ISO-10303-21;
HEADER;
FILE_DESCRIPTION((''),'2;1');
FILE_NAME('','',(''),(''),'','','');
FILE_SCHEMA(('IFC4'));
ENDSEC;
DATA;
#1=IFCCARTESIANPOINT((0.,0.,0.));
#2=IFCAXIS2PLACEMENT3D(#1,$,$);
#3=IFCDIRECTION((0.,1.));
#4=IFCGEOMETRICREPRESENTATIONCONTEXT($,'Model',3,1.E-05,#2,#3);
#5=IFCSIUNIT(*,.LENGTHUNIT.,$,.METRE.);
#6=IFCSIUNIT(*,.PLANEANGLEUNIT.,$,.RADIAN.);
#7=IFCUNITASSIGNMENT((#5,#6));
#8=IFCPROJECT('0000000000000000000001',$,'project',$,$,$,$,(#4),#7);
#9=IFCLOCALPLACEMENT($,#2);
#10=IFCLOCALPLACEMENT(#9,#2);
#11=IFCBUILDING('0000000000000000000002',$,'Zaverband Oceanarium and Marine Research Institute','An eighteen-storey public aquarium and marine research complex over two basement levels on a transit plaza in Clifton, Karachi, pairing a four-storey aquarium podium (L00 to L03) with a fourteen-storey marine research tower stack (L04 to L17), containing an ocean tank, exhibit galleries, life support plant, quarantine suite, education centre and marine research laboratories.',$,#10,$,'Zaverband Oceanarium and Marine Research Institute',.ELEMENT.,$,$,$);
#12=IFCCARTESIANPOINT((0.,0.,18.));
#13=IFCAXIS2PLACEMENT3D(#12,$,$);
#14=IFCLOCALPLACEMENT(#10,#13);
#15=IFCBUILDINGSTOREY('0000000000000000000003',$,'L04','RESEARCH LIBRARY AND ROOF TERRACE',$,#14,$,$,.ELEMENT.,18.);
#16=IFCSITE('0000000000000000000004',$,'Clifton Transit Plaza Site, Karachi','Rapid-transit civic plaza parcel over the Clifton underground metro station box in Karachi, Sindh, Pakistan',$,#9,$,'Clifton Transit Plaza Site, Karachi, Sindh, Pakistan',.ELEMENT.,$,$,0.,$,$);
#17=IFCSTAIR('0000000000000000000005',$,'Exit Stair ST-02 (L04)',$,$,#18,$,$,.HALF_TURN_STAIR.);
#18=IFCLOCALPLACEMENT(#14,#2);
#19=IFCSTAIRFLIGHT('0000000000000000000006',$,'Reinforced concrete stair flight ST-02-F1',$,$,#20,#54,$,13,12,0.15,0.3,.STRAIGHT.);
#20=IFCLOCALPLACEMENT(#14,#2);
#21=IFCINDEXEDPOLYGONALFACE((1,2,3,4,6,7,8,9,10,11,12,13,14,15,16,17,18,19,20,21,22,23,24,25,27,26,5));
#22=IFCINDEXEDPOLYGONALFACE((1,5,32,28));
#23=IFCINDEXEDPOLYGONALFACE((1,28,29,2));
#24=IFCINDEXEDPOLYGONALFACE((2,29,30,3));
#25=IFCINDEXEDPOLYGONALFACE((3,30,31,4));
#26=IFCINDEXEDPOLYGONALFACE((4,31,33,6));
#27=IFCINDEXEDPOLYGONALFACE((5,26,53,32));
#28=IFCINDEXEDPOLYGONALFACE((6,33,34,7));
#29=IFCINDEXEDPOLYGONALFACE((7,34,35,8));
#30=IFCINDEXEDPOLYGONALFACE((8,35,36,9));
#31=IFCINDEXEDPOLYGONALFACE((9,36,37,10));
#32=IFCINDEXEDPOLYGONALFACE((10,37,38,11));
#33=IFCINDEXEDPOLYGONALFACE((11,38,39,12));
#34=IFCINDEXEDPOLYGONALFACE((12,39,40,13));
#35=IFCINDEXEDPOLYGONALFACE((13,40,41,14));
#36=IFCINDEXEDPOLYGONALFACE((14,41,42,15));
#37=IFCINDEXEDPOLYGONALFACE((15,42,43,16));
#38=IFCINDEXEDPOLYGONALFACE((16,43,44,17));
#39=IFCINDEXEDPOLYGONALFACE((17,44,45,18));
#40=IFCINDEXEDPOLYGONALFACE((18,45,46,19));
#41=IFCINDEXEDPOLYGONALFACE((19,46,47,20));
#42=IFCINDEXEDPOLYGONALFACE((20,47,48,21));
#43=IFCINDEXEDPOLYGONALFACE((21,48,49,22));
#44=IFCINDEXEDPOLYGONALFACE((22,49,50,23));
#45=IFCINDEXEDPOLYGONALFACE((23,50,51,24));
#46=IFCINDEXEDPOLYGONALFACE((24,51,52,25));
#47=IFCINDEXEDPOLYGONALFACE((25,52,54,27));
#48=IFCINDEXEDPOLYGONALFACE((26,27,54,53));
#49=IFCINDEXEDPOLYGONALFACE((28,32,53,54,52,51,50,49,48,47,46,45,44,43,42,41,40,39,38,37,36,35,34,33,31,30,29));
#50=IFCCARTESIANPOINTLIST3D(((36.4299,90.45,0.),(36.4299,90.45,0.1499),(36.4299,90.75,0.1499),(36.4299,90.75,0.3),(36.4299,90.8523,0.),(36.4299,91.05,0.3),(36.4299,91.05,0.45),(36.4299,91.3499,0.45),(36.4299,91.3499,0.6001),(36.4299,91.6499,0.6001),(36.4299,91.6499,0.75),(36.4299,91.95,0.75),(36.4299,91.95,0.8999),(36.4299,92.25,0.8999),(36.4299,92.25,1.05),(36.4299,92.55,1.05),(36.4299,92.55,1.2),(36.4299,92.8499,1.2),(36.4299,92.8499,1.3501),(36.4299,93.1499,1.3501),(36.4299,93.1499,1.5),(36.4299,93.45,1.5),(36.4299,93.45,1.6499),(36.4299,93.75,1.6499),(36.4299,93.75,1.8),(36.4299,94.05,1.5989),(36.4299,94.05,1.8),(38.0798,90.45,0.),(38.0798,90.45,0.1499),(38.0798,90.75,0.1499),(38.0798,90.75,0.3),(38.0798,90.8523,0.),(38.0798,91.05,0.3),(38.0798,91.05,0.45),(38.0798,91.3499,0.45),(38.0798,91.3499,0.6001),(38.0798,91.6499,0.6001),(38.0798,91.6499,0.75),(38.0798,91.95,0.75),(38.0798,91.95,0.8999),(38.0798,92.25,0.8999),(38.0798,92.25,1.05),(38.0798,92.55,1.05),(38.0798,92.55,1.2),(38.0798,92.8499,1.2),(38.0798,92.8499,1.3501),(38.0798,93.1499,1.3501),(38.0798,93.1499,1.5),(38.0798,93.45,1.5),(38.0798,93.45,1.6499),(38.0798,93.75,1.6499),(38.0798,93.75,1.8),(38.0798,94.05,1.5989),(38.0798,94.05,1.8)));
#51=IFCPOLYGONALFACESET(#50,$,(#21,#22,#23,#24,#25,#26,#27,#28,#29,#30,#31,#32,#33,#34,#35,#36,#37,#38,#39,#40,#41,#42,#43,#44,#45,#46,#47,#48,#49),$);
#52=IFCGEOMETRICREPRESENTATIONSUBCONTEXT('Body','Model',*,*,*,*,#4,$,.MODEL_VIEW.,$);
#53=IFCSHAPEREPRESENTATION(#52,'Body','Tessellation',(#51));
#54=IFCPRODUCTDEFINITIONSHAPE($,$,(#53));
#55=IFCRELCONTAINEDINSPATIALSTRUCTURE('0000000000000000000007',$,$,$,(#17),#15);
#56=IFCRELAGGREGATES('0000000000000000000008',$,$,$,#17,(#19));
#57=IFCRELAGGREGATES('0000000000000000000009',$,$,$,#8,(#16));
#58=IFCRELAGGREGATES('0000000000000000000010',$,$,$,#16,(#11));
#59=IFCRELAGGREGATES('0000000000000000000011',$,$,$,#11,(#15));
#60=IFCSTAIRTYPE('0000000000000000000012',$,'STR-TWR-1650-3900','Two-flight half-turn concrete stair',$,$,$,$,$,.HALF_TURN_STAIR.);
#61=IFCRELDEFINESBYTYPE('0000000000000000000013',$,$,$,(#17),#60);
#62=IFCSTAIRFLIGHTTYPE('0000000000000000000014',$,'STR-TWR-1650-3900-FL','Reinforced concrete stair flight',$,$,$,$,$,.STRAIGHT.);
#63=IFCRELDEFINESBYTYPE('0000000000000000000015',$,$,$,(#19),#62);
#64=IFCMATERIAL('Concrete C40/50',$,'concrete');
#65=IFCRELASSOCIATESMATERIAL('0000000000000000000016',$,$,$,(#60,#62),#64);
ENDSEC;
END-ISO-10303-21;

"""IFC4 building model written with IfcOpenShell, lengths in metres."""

from ifc_helpers import new_model, si_unit, direction, frame, origin, place, context, subcontext, project, spatial, polyline, outline, extrude, material, type_object, element, aggregate, save


model = new_model("IFC4")

# Units and contexts
model_context = context("Model", 3, precision=1e-05, world=origin(), true_north=direction((0.0, 1.0)))
body_context = subcontext(model_context, "Body", "Model", "MODEL_VIEW")
ifc_project = project(units=[si_unit("LENGTHUNIT", "METRE"), si_unit("PLANEANGLEUNIT", "RADIAN")], contexts=[model_context])

# Site, building, storey
site_placement = place(None, origin())
site = spatial("IfcSite", under=ifc_project, at=site_placement, Name="Clifton Transit Plaza Site, Karachi", Description="Rapid-transit civic plaza parcel over the Clifton underground metro station box in Karachi, Sindh, Pakistan", LongName="Clifton Transit Plaza Site, Karachi, Sindh, Pakistan", CompositionType="ELEMENT", RefElevation=0.0)
building_placement = place(site_placement, origin())
building = spatial("IfcBuilding", under=site, at=building_placement, Name="Zaverband Oceanarium and Marine Research Institute", Description="An eighteen-storey public aquarium and marine research complex over two basement levels on a transit plaza in Clifton, Karachi, pairing a four-storey aquarium podium (L00 to L03) with a fourteen-storey marine research tower stack (L04 to L17), containing an ocean tank, exhibit galleries, life support plant, quarantine suite, education centre and marine research laboratories.", LongName="Zaverband Oceanarium and Marine Research Institute", CompositionType="ELEMENT")
storey_placement = place(building_placement, frame((0.0, 0.0, 18.0)))
storey = spatial("IfcBuildingStorey", under=building, at=storey_placement, Name="L04", Description="RESEARCH LIBRARY AND ROOF TERRACE", CompositionType="ELEMENT", Elevation=18.0)

# Shared definitions
ifc_material_1 = material(Name="Concrete C40/50", Category="concrete")

# Stair, stair flight
stair_type = type_object("IfcStairType", Name="STR-TWR-1650-3900", Description="Two-flight half-turn concrete stair", PredefinedType="HALF_TURN_STAIR", material=ifc_material_1)
stair_placement = place(storey_placement, origin())
stair = element("IfcStair", 1, at=stair_placement, inside=storey, type_object=stair_type, Name="Exit Stair ST-02 (L04)", PredefinedType="HALF_TURN_STAIR")
stair_flight_type = type_object("IfcStairFlightType", Name="STR-TWR-1650-3900-FL", Description="Reinforced concrete stair flight", PredefinedType="STRAIGHT", material=ifc_material_1)
stair_flight_placement = place(storey_placement, frame((37.2549, 90.45, 0.0), z_axis=(0.0, 0.0, 1.0), x_axis=(0.0, 1.0, 0.0)))
stair_flight = element("IfcStairFlight", 2, at=stair_flight_placement, type_object=stair_flight_type, Name="Reinforced concrete stair flight ST-02-F1", NumberOfRisers=13, NumberOfTreads=12, PredefinedType="STRAIGHT", RiserHeight=0.15, TreadLength=0.3, context=body_context, shape_type="SweptSolid", body=[
    extrude(outline(polyline([(0.0, 0.0), (0.0, 0.1499), (0.3, 0.1499), (0.3, 0.3), (0.6001, 0.3), (0.6001, 0.45), (0.8999, 0.45), (0.8999, 0.6001), (1.2, 0.6001), (1.2, 0.75), (1.5, 0.75), (1.5, 0.8999), (1.8, 0.8999), (1.8, 1.05), (2.1001, 1.05), (2.1001, 1.2), (2.3999, 1.2), (2.3999, 1.3501), (2.7, 1.3501), (2.7, 1.5), (3.0, 1.5), (3.0, 1.6499), (3.3, 1.6499), (3.3, 1.8), (3.6001, 1.8), (3.6001, 1.95), (3.6001, 1.5989), (0.4023, 0.0), (0.0, 0.0)])), frame((0.0, 0.825, 0.0), z_axis=(0.0, -1.0, 0.0), x_axis=(1.0, 0.0, 0.0)), (0.0, 0.0, 1.0), 1.6499),
])
aggregate(stair, [stair_flight])

save(model, "model.ifc")
